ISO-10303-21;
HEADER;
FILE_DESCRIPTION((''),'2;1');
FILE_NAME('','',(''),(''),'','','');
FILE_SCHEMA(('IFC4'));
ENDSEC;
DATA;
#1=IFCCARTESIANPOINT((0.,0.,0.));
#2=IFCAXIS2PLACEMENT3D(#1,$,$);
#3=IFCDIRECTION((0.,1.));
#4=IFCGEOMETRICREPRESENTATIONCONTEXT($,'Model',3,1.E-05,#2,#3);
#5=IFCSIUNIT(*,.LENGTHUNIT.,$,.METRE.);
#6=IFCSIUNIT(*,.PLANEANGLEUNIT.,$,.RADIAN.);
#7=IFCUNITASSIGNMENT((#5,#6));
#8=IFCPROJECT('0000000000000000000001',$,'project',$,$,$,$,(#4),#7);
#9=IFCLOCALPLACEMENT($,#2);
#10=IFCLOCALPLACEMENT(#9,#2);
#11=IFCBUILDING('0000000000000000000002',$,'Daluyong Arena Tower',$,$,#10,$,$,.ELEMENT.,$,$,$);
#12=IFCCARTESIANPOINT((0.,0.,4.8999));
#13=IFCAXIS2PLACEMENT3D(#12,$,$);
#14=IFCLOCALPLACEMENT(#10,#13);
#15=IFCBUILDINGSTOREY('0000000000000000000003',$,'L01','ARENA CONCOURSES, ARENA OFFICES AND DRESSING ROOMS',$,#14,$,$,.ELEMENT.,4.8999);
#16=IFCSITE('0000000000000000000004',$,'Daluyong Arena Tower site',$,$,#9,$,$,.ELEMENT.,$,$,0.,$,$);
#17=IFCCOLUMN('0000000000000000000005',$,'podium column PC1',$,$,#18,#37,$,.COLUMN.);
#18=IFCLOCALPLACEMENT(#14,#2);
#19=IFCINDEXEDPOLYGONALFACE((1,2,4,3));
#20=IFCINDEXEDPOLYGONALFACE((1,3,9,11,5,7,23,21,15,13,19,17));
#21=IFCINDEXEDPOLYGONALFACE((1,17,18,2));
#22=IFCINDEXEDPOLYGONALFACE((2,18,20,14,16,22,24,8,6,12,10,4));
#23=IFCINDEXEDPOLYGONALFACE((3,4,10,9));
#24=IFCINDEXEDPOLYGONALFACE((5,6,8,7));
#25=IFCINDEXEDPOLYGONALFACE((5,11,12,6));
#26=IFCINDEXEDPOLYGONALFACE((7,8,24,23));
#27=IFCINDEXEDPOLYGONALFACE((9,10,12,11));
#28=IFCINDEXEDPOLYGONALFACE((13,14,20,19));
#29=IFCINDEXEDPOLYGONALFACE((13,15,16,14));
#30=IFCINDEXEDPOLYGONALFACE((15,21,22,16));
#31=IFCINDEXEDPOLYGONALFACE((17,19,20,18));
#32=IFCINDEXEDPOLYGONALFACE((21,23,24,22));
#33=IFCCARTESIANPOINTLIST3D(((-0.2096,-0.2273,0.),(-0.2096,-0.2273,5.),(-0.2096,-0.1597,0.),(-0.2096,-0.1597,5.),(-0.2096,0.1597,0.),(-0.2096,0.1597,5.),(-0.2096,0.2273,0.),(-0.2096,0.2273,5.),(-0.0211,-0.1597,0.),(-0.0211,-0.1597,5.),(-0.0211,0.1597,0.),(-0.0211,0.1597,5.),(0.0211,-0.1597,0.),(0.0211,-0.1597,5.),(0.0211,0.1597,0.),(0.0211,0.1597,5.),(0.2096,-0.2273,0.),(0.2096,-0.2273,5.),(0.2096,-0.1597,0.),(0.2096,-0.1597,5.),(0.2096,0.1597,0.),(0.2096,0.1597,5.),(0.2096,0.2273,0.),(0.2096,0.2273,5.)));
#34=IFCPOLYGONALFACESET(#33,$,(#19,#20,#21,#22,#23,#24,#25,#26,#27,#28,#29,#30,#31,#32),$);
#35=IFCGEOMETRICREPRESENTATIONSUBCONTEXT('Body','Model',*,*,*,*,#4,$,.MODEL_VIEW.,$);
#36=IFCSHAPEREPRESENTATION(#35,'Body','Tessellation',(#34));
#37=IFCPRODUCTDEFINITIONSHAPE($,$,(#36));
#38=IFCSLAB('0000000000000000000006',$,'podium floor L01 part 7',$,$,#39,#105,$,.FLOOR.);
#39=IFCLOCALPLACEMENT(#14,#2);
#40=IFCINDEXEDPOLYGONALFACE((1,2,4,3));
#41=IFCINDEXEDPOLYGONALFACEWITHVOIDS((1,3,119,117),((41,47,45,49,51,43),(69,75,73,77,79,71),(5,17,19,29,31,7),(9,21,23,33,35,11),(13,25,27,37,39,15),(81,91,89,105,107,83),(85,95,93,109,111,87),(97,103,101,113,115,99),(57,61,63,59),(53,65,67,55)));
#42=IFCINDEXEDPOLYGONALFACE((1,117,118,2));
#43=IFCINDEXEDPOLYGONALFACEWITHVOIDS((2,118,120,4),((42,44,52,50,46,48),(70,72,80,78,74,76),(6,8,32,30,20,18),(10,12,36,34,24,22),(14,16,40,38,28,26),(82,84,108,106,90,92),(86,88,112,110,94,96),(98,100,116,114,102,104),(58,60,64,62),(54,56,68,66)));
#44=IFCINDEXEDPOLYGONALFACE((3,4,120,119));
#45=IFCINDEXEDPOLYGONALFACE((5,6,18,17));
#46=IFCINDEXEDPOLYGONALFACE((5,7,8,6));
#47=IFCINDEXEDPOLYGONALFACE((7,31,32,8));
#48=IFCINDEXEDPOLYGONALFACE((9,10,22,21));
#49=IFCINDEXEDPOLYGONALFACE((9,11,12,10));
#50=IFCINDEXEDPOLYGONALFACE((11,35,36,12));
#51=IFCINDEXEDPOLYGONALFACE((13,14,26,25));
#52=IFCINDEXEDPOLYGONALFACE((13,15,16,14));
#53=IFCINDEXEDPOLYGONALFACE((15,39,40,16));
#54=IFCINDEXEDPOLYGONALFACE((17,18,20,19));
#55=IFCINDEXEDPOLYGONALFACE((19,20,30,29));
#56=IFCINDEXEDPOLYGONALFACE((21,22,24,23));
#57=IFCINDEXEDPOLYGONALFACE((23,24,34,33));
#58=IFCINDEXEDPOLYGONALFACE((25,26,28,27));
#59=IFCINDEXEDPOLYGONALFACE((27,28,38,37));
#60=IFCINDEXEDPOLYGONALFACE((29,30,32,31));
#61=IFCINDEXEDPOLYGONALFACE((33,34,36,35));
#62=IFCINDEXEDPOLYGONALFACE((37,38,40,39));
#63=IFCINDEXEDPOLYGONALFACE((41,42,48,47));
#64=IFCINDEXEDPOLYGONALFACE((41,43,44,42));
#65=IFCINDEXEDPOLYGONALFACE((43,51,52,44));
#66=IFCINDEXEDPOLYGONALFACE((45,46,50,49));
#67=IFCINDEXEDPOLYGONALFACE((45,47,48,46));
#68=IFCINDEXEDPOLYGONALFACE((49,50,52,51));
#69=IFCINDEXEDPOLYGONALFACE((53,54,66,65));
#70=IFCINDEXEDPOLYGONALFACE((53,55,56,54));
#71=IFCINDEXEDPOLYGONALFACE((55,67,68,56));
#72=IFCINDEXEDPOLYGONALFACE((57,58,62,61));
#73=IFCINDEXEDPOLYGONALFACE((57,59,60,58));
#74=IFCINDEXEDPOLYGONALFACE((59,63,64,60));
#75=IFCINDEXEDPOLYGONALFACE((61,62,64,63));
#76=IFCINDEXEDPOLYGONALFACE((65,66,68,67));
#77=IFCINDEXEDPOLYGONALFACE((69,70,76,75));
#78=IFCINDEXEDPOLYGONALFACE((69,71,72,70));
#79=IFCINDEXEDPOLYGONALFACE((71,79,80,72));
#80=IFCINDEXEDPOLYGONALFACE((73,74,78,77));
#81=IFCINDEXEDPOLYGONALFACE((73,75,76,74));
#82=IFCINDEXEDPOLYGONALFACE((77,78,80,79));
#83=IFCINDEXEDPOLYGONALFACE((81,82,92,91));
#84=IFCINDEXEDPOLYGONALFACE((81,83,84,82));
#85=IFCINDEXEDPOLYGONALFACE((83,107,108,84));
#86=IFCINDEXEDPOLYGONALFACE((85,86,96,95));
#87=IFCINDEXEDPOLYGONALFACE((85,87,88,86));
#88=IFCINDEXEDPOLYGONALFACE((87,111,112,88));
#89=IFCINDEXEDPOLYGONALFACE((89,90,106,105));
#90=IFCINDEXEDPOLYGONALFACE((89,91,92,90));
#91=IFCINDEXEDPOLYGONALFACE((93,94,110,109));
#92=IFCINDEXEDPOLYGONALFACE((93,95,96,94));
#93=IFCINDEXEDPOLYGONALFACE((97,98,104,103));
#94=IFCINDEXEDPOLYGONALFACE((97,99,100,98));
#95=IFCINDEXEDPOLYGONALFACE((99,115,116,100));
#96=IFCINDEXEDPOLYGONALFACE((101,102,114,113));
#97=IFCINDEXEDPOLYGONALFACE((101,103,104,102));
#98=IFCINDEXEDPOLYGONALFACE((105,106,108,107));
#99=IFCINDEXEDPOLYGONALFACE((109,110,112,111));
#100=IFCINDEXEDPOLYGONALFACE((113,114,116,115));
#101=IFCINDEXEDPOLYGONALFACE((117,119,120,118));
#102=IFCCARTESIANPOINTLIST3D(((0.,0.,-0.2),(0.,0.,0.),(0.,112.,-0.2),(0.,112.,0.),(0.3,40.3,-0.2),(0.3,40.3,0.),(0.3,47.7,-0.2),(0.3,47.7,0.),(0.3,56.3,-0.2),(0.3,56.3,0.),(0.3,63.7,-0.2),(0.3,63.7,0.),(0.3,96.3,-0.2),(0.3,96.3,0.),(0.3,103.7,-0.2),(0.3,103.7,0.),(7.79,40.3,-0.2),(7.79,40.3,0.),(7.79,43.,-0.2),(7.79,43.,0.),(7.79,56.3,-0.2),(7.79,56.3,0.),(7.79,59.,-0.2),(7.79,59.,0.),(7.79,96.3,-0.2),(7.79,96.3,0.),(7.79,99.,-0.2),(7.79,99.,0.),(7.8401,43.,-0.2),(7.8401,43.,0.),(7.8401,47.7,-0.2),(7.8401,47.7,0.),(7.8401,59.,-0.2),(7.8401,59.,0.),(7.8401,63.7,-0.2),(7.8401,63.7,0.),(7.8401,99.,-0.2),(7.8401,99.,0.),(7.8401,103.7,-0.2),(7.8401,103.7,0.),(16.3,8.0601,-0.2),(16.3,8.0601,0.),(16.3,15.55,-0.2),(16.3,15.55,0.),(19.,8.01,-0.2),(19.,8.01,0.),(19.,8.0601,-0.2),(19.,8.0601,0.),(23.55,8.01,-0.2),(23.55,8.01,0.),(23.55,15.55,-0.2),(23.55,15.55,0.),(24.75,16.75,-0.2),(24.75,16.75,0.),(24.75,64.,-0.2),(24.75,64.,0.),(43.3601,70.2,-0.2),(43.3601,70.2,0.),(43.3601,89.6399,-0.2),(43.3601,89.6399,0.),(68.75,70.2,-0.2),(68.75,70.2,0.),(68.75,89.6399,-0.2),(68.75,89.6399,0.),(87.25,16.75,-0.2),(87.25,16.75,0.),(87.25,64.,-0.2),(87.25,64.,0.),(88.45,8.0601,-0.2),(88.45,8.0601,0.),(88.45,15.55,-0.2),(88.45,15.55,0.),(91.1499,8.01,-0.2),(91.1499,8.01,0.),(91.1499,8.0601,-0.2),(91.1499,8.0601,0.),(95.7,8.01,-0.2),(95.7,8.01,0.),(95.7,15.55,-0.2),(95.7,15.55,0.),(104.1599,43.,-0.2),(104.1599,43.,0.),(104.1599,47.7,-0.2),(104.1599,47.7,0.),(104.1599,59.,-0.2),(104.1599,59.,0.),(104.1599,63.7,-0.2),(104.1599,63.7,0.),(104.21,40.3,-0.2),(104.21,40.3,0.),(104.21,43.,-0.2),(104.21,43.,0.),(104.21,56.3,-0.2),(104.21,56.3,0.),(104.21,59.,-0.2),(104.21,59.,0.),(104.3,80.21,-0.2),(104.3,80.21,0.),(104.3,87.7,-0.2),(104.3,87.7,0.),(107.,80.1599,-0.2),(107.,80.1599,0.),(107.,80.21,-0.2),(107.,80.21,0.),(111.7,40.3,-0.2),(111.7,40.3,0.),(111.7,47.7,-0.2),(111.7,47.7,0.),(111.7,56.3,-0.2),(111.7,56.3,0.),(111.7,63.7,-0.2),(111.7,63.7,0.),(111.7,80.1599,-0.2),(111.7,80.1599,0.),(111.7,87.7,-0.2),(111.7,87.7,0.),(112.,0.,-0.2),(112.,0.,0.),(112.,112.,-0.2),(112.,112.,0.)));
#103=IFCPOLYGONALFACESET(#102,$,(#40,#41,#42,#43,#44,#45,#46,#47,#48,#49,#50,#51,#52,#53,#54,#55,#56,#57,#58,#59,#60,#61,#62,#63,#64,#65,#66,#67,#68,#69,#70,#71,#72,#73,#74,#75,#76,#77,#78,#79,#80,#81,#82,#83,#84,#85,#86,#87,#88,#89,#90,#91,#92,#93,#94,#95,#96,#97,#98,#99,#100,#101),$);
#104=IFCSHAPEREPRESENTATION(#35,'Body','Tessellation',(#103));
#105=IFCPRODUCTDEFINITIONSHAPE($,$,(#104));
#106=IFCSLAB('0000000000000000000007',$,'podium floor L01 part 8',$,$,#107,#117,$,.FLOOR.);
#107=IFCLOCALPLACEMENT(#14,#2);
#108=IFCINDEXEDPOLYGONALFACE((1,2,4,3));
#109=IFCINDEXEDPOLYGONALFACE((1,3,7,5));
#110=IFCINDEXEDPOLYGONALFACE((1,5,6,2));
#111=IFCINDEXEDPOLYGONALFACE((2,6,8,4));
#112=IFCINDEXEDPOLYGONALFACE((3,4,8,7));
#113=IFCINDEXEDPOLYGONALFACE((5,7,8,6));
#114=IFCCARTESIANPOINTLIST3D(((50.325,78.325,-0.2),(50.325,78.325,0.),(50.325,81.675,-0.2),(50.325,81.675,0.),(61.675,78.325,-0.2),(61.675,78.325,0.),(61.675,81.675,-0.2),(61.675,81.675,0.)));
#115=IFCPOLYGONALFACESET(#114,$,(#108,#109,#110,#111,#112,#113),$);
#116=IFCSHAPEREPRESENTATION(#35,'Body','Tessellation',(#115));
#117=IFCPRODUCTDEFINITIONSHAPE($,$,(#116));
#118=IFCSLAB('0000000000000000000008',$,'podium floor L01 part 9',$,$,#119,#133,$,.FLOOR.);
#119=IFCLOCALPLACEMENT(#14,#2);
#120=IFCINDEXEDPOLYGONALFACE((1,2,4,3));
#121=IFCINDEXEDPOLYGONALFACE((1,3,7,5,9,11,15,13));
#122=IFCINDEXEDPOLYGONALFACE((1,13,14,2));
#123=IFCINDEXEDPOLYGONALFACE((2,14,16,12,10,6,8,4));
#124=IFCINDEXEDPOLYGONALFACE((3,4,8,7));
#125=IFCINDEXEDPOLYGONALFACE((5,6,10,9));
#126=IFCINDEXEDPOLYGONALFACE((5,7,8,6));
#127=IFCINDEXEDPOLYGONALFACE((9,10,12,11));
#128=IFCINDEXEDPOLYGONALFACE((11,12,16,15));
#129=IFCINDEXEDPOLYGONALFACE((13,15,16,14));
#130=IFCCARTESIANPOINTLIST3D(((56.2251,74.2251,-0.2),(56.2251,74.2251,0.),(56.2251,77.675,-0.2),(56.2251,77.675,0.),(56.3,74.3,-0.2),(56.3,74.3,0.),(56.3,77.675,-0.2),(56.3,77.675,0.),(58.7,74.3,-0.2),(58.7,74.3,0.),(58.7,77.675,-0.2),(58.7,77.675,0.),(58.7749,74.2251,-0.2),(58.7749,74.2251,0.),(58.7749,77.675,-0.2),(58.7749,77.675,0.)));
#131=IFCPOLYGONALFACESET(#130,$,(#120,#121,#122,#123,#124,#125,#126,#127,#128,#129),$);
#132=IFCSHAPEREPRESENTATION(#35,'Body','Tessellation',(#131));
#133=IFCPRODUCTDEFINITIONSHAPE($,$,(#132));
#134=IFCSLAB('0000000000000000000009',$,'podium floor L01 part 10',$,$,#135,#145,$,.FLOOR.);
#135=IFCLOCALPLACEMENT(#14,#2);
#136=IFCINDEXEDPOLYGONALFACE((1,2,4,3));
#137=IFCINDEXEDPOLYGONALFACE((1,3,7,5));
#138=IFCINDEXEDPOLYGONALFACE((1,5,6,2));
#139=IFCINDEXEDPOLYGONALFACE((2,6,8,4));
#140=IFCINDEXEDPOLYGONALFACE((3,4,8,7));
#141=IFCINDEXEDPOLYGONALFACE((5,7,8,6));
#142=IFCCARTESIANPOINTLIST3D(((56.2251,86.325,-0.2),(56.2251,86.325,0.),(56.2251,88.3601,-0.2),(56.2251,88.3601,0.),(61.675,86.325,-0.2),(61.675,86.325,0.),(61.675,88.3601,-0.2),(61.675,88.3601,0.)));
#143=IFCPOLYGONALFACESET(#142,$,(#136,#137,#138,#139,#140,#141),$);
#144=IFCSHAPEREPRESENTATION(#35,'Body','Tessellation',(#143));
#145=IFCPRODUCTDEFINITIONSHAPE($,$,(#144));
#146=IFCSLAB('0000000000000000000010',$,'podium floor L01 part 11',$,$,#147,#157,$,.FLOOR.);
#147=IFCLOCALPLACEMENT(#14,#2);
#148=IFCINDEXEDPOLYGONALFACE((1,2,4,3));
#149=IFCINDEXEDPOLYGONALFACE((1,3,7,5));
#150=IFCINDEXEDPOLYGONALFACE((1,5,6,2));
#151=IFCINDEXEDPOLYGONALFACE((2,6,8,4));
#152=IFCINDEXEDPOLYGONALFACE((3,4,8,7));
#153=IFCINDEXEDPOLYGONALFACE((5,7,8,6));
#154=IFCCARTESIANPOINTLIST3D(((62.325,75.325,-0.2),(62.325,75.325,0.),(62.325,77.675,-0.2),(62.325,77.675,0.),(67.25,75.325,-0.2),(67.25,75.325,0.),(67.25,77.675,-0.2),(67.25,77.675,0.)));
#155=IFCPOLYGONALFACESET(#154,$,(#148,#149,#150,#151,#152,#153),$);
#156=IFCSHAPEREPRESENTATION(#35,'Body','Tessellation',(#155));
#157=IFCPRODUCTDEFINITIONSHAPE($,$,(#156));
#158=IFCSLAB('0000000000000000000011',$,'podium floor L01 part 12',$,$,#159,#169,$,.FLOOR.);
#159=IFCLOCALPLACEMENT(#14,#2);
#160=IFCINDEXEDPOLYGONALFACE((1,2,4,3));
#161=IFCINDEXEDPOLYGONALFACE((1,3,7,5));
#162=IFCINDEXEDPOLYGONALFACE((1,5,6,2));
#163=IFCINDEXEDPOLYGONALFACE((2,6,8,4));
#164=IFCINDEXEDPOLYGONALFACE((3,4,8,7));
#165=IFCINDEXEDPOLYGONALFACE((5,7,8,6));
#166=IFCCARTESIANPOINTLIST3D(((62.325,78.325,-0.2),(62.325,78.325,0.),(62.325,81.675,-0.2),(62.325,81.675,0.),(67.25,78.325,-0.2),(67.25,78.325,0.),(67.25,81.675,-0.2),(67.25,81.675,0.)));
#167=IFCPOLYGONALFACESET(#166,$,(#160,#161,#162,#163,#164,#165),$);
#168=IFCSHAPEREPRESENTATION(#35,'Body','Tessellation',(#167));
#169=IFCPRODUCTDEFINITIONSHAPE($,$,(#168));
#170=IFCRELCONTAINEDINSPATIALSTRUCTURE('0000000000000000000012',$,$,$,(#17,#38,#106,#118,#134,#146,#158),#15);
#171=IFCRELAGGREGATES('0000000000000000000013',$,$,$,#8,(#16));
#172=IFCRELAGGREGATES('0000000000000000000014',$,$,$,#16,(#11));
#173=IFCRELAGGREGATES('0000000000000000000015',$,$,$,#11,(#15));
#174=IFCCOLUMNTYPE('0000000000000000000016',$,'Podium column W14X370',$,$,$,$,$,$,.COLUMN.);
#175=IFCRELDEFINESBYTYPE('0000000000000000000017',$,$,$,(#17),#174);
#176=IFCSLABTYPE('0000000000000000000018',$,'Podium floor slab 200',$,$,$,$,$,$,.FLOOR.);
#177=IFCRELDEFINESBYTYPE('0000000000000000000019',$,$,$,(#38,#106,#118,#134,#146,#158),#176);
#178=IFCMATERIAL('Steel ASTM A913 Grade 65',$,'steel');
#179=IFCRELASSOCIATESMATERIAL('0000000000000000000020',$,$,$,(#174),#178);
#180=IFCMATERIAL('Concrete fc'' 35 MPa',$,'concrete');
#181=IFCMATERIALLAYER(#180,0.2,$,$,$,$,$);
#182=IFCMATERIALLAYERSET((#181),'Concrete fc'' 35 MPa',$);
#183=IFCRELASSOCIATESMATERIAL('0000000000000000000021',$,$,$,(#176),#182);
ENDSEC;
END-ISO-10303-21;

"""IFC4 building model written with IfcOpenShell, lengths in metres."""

from ifc_helpers import new_model, si_unit, direction, frame, origin, origin_with_axes, origin_2d, place, context, subcontext, project, spatial, polyline, i_section, outline, extrude, material, layer, layer_set, material_profile, profile_set, type_object, element, save


model = new_model("IFC4")

# Units and contexts
model_context = context("Model", 3, precision=1e-05, world=origin(), true_north=direction((0.0, 1.0)))
body_context = subcontext(model_context, "Body", "Model", "MODEL_VIEW")
ifc_project = project(units=[si_unit("LENGTHUNIT", "METRE"), si_unit("PLANEANGLEUNIT", "RADIAN")], contexts=[model_context])

# Site, building, storey
site_placement = place(None, origin())
site = spatial("IfcSite", under=ifc_project, at=site_placement, Name="Daluyong Arena Tower site", CompositionType="ELEMENT", RefElevation=0.0)
building_placement = place(site_placement, origin())
building = spatial("IfcBuilding", under=site, at=building_placement, Name="Daluyong Arena Tower", CompositionType="ELEMENT")
storey_placement = place(building_placement, frame((0.0, 0.0, 4.8999)))
storey = spatial("IfcBuildingStorey", under=building, at=storey_placement, Name="L01", Description="ARENA CONCOURSES, ARENA OFFICES AND DRESSING ROOMS", CompositionType="ELEMENT", Elevation=4.8999)

# Column
ifc_material_1 = material(Name="Steel ASTM A913 Grade 65", Category="steel")
ifc_material_profile = material_profile(ifc_material_1, i_section(OverallWidth=0.4192, OverallDepth=0.4546, WebThickness=0.0422, FlangeThickness=0.0676, at=origin_2d()))
ifc_profile_set = profile_set([ifc_material_profile], Name="Steel ASTM A913 Grade 65")
column_type = type_object("IfcColumnType", Name="Podium column W14X370", PredefinedType="COLUMN", material=ifc_profile_set)
column_placement = place(storey_placement, origin_with_axes())
element("IfcColumn", 1, at=column_placement, inside=storey, type_object=column_type, Name="podium column PC1", PredefinedType="COLUMN", context=body_context, shape_type="SweptSolid", body=[
    extrude(i_section(OverallWidth=0.4192, OverallDepth=0.4546, WebThickness=0.0422, FlangeThickness=0.0676, at=origin_2d()), origin(), (0.0, 0.0, 1.0), 5.0),
])

# Slabs
ifc_material_2 = material(Name="Concrete fc' 35 MPa", Category="concrete")
ifc_layer_1 = layer(ifc_material_2, 0.2)
ifc_layer_set_1 = layer_set([ifc_layer_1], Name="Concrete fc' 35 MPa")
slab_type = type_object("IfcSlabType", Name="Podium floor slab 200", PredefinedType="FLOOR", material=ifc_layer_set_1)
slab_1_placement = place(storey_placement, frame((0.0, 0.0, -0.2)))
element("IfcSlab", 2, at=slab_1_placement, inside=storey, type_object=slab_type, Name="podium floor L01 part 7", PredefinedType="FLOOR", context=body_context, shape_type="SweptSolid", body=[
    extrude(outline(polyline([(0.0, 112.0), (0.0, 0.0), (112.0, 0.0), (112.0, 112.0), (0.0, 112.0)]), holes=[polyline([(24.75, 64.0), (87.25, 64.0), (87.25, 16.75), (24.75, 16.75), (24.75, 64.0)]), polyline([(23.55, 15.55), (23.55, 8.01), (19.0, 8.01), (19.0, 8.0601), (16.3, 8.0601), (16.3, 15.55), (23.55, 15.55)]), polyline([(7.79, 40.3), (0.3, 40.3), (0.3, 47.7), (7.8401, 47.7), (7.8401, 43.0), (7.79, 43.0), (7.79, 40.3)]), polyline([(7.79, 56.3), (0.3, 56.3), (0.3, 63.7), (7.8401, 63.7), (7.8401, 59.0), (7.79, 59.0), (7.79, 56.3)]), polyline([(68.75, 89.6399), (68.75, 70.2), (43.3601, 70.2), (43.3601, 89.6399), (68.75, 89.6399)]), polyline([(7.79, 99.0), (7.79, 96.3), (0.3, 96.3), (0.3, 103.7), (7.8401, 103.7), (7.8401, 99.0), (7.79, 99.0)]), polyline([(95.7, 8.01), (91.1499, 8.01), (91.1499, 8.0601), (88.45, 8.0601), (88.45, 15.55), (95.7, 15.55), (95.7, 8.01)]), polyline([(104.1599, 43.0), (104.1599, 47.7), (111.7, 47.7), (111.7, 40.3), (104.21, 40.3), (104.21, 43.0), (104.1599, 43.0)]), polyline([(104.21, 59.0), (104.1599, 59.0), (104.1599, 63.7), (111.7, 63.7), (111.7, 56.3), (104.21, 56.3), (104.21, 59.0)]), polyline([(107.0, 80.1599), (107.0, 80.21), (104.3, 80.21), (104.3, 87.7), (111.7, 87.7), (111.7, 80.1599), (107.0, 80.1599)])]), origin(), (0.0, 0.0, 1.0), 0.2),
])
slab_2_placement = place(storey_placement, frame((0.0, 0.0, -0.2)))
element("IfcSlab", 3, at=slab_2_placement, inside=storey, type_object=slab_type, Name="podium floor L01 part 8", PredefinedType="FLOOR", context=body_context, shape_type="SweptSolid", body=[
    extrude(outline(polyline([(61.675, 81.675), (50.325, 81.675), (50.325, 78.325), (61.675, 78.325), (61.675, 81.675)])), origin(), (0.0, 0.0, 1.0), 0.2),
])
slab_3_placement = place(storey_placement, frame((0.0, 0.0, -0.2)))
element("IfcSlab", 4, at=slab_3_placement, inside=storey, type_object=slab_type, Name="podium floor L01 part 9", PredefinedType="FLOOR", context=body_context, shape_type="SweptSolid", body=[
    extrude(outline(polyline([(56.3, 74.3), (56.3, 77.675), (56.2251, 77.675), (56.2251, 74.2251), (58.7749, 74.2251), (58.7749, 77.675), (58.7, 77.675), (58.7, 74.3), (56.3, 74.3)])), origin(), (0.0, 0.0, 1.0), 0.2),
])
slab_4_placement = place(storey_placement, frame((0.0, 0.0, -0.2)))
element("IfcSlab", 5, at=slab_4_placement, inside=storey, type_object=slab_type, Name="podium floor L01 part 10", PredefinedType="FLOOR", context=body_context, shape_type="SweptSolid", body=[
    extrude(outline(polyline([(56.2251, 88.3601), (56.2251, 86.325), (61.675, 86.325), (61.675, 88.3601), (56.2251, 88.3601)])), origin(), (0.0, 0.0, 1.0), 0.2),
])
slab_5_placement = place(storey_placement, frame((0.0, 0.0, -0.2)))
element("IfcSlab", 6, at=slab_5_placement, inside=storey, type_object=slab_type, Name="podium floor L01 part 11", PredefinedType="FLOOR", context=body_context, shape_type="SweptSolid", body=[
    extrude(outline(polyline([(67.25, 75.325), (67.25, 77.675), (62.325, 77.675), (62.325, 75.325), (67.25, 75.325)])), origin(), (0.0, 0.0, 1.0), 0.2),
])
slab_6_placement = place(storey_placement, frame((0.0, 0.0, -0.2)))
element("IfcSlab", 7, at=slab_6_placement, inside=storey, type_object=slab_type, Name="podium floor L01 part 12", PredefinedType="FLOOR", context=body_context, shape_type="SweptSolid", body=[
    extrude(outline(polyline([(67.25, 81.675), (62.325, 81.675), (62.325, 78.325), (67.25, 78.325), (67.25, 81.675)])), origin(), (0.0, 0.0, 1.0), 0.2),
])

save(model, "model.ifc")
